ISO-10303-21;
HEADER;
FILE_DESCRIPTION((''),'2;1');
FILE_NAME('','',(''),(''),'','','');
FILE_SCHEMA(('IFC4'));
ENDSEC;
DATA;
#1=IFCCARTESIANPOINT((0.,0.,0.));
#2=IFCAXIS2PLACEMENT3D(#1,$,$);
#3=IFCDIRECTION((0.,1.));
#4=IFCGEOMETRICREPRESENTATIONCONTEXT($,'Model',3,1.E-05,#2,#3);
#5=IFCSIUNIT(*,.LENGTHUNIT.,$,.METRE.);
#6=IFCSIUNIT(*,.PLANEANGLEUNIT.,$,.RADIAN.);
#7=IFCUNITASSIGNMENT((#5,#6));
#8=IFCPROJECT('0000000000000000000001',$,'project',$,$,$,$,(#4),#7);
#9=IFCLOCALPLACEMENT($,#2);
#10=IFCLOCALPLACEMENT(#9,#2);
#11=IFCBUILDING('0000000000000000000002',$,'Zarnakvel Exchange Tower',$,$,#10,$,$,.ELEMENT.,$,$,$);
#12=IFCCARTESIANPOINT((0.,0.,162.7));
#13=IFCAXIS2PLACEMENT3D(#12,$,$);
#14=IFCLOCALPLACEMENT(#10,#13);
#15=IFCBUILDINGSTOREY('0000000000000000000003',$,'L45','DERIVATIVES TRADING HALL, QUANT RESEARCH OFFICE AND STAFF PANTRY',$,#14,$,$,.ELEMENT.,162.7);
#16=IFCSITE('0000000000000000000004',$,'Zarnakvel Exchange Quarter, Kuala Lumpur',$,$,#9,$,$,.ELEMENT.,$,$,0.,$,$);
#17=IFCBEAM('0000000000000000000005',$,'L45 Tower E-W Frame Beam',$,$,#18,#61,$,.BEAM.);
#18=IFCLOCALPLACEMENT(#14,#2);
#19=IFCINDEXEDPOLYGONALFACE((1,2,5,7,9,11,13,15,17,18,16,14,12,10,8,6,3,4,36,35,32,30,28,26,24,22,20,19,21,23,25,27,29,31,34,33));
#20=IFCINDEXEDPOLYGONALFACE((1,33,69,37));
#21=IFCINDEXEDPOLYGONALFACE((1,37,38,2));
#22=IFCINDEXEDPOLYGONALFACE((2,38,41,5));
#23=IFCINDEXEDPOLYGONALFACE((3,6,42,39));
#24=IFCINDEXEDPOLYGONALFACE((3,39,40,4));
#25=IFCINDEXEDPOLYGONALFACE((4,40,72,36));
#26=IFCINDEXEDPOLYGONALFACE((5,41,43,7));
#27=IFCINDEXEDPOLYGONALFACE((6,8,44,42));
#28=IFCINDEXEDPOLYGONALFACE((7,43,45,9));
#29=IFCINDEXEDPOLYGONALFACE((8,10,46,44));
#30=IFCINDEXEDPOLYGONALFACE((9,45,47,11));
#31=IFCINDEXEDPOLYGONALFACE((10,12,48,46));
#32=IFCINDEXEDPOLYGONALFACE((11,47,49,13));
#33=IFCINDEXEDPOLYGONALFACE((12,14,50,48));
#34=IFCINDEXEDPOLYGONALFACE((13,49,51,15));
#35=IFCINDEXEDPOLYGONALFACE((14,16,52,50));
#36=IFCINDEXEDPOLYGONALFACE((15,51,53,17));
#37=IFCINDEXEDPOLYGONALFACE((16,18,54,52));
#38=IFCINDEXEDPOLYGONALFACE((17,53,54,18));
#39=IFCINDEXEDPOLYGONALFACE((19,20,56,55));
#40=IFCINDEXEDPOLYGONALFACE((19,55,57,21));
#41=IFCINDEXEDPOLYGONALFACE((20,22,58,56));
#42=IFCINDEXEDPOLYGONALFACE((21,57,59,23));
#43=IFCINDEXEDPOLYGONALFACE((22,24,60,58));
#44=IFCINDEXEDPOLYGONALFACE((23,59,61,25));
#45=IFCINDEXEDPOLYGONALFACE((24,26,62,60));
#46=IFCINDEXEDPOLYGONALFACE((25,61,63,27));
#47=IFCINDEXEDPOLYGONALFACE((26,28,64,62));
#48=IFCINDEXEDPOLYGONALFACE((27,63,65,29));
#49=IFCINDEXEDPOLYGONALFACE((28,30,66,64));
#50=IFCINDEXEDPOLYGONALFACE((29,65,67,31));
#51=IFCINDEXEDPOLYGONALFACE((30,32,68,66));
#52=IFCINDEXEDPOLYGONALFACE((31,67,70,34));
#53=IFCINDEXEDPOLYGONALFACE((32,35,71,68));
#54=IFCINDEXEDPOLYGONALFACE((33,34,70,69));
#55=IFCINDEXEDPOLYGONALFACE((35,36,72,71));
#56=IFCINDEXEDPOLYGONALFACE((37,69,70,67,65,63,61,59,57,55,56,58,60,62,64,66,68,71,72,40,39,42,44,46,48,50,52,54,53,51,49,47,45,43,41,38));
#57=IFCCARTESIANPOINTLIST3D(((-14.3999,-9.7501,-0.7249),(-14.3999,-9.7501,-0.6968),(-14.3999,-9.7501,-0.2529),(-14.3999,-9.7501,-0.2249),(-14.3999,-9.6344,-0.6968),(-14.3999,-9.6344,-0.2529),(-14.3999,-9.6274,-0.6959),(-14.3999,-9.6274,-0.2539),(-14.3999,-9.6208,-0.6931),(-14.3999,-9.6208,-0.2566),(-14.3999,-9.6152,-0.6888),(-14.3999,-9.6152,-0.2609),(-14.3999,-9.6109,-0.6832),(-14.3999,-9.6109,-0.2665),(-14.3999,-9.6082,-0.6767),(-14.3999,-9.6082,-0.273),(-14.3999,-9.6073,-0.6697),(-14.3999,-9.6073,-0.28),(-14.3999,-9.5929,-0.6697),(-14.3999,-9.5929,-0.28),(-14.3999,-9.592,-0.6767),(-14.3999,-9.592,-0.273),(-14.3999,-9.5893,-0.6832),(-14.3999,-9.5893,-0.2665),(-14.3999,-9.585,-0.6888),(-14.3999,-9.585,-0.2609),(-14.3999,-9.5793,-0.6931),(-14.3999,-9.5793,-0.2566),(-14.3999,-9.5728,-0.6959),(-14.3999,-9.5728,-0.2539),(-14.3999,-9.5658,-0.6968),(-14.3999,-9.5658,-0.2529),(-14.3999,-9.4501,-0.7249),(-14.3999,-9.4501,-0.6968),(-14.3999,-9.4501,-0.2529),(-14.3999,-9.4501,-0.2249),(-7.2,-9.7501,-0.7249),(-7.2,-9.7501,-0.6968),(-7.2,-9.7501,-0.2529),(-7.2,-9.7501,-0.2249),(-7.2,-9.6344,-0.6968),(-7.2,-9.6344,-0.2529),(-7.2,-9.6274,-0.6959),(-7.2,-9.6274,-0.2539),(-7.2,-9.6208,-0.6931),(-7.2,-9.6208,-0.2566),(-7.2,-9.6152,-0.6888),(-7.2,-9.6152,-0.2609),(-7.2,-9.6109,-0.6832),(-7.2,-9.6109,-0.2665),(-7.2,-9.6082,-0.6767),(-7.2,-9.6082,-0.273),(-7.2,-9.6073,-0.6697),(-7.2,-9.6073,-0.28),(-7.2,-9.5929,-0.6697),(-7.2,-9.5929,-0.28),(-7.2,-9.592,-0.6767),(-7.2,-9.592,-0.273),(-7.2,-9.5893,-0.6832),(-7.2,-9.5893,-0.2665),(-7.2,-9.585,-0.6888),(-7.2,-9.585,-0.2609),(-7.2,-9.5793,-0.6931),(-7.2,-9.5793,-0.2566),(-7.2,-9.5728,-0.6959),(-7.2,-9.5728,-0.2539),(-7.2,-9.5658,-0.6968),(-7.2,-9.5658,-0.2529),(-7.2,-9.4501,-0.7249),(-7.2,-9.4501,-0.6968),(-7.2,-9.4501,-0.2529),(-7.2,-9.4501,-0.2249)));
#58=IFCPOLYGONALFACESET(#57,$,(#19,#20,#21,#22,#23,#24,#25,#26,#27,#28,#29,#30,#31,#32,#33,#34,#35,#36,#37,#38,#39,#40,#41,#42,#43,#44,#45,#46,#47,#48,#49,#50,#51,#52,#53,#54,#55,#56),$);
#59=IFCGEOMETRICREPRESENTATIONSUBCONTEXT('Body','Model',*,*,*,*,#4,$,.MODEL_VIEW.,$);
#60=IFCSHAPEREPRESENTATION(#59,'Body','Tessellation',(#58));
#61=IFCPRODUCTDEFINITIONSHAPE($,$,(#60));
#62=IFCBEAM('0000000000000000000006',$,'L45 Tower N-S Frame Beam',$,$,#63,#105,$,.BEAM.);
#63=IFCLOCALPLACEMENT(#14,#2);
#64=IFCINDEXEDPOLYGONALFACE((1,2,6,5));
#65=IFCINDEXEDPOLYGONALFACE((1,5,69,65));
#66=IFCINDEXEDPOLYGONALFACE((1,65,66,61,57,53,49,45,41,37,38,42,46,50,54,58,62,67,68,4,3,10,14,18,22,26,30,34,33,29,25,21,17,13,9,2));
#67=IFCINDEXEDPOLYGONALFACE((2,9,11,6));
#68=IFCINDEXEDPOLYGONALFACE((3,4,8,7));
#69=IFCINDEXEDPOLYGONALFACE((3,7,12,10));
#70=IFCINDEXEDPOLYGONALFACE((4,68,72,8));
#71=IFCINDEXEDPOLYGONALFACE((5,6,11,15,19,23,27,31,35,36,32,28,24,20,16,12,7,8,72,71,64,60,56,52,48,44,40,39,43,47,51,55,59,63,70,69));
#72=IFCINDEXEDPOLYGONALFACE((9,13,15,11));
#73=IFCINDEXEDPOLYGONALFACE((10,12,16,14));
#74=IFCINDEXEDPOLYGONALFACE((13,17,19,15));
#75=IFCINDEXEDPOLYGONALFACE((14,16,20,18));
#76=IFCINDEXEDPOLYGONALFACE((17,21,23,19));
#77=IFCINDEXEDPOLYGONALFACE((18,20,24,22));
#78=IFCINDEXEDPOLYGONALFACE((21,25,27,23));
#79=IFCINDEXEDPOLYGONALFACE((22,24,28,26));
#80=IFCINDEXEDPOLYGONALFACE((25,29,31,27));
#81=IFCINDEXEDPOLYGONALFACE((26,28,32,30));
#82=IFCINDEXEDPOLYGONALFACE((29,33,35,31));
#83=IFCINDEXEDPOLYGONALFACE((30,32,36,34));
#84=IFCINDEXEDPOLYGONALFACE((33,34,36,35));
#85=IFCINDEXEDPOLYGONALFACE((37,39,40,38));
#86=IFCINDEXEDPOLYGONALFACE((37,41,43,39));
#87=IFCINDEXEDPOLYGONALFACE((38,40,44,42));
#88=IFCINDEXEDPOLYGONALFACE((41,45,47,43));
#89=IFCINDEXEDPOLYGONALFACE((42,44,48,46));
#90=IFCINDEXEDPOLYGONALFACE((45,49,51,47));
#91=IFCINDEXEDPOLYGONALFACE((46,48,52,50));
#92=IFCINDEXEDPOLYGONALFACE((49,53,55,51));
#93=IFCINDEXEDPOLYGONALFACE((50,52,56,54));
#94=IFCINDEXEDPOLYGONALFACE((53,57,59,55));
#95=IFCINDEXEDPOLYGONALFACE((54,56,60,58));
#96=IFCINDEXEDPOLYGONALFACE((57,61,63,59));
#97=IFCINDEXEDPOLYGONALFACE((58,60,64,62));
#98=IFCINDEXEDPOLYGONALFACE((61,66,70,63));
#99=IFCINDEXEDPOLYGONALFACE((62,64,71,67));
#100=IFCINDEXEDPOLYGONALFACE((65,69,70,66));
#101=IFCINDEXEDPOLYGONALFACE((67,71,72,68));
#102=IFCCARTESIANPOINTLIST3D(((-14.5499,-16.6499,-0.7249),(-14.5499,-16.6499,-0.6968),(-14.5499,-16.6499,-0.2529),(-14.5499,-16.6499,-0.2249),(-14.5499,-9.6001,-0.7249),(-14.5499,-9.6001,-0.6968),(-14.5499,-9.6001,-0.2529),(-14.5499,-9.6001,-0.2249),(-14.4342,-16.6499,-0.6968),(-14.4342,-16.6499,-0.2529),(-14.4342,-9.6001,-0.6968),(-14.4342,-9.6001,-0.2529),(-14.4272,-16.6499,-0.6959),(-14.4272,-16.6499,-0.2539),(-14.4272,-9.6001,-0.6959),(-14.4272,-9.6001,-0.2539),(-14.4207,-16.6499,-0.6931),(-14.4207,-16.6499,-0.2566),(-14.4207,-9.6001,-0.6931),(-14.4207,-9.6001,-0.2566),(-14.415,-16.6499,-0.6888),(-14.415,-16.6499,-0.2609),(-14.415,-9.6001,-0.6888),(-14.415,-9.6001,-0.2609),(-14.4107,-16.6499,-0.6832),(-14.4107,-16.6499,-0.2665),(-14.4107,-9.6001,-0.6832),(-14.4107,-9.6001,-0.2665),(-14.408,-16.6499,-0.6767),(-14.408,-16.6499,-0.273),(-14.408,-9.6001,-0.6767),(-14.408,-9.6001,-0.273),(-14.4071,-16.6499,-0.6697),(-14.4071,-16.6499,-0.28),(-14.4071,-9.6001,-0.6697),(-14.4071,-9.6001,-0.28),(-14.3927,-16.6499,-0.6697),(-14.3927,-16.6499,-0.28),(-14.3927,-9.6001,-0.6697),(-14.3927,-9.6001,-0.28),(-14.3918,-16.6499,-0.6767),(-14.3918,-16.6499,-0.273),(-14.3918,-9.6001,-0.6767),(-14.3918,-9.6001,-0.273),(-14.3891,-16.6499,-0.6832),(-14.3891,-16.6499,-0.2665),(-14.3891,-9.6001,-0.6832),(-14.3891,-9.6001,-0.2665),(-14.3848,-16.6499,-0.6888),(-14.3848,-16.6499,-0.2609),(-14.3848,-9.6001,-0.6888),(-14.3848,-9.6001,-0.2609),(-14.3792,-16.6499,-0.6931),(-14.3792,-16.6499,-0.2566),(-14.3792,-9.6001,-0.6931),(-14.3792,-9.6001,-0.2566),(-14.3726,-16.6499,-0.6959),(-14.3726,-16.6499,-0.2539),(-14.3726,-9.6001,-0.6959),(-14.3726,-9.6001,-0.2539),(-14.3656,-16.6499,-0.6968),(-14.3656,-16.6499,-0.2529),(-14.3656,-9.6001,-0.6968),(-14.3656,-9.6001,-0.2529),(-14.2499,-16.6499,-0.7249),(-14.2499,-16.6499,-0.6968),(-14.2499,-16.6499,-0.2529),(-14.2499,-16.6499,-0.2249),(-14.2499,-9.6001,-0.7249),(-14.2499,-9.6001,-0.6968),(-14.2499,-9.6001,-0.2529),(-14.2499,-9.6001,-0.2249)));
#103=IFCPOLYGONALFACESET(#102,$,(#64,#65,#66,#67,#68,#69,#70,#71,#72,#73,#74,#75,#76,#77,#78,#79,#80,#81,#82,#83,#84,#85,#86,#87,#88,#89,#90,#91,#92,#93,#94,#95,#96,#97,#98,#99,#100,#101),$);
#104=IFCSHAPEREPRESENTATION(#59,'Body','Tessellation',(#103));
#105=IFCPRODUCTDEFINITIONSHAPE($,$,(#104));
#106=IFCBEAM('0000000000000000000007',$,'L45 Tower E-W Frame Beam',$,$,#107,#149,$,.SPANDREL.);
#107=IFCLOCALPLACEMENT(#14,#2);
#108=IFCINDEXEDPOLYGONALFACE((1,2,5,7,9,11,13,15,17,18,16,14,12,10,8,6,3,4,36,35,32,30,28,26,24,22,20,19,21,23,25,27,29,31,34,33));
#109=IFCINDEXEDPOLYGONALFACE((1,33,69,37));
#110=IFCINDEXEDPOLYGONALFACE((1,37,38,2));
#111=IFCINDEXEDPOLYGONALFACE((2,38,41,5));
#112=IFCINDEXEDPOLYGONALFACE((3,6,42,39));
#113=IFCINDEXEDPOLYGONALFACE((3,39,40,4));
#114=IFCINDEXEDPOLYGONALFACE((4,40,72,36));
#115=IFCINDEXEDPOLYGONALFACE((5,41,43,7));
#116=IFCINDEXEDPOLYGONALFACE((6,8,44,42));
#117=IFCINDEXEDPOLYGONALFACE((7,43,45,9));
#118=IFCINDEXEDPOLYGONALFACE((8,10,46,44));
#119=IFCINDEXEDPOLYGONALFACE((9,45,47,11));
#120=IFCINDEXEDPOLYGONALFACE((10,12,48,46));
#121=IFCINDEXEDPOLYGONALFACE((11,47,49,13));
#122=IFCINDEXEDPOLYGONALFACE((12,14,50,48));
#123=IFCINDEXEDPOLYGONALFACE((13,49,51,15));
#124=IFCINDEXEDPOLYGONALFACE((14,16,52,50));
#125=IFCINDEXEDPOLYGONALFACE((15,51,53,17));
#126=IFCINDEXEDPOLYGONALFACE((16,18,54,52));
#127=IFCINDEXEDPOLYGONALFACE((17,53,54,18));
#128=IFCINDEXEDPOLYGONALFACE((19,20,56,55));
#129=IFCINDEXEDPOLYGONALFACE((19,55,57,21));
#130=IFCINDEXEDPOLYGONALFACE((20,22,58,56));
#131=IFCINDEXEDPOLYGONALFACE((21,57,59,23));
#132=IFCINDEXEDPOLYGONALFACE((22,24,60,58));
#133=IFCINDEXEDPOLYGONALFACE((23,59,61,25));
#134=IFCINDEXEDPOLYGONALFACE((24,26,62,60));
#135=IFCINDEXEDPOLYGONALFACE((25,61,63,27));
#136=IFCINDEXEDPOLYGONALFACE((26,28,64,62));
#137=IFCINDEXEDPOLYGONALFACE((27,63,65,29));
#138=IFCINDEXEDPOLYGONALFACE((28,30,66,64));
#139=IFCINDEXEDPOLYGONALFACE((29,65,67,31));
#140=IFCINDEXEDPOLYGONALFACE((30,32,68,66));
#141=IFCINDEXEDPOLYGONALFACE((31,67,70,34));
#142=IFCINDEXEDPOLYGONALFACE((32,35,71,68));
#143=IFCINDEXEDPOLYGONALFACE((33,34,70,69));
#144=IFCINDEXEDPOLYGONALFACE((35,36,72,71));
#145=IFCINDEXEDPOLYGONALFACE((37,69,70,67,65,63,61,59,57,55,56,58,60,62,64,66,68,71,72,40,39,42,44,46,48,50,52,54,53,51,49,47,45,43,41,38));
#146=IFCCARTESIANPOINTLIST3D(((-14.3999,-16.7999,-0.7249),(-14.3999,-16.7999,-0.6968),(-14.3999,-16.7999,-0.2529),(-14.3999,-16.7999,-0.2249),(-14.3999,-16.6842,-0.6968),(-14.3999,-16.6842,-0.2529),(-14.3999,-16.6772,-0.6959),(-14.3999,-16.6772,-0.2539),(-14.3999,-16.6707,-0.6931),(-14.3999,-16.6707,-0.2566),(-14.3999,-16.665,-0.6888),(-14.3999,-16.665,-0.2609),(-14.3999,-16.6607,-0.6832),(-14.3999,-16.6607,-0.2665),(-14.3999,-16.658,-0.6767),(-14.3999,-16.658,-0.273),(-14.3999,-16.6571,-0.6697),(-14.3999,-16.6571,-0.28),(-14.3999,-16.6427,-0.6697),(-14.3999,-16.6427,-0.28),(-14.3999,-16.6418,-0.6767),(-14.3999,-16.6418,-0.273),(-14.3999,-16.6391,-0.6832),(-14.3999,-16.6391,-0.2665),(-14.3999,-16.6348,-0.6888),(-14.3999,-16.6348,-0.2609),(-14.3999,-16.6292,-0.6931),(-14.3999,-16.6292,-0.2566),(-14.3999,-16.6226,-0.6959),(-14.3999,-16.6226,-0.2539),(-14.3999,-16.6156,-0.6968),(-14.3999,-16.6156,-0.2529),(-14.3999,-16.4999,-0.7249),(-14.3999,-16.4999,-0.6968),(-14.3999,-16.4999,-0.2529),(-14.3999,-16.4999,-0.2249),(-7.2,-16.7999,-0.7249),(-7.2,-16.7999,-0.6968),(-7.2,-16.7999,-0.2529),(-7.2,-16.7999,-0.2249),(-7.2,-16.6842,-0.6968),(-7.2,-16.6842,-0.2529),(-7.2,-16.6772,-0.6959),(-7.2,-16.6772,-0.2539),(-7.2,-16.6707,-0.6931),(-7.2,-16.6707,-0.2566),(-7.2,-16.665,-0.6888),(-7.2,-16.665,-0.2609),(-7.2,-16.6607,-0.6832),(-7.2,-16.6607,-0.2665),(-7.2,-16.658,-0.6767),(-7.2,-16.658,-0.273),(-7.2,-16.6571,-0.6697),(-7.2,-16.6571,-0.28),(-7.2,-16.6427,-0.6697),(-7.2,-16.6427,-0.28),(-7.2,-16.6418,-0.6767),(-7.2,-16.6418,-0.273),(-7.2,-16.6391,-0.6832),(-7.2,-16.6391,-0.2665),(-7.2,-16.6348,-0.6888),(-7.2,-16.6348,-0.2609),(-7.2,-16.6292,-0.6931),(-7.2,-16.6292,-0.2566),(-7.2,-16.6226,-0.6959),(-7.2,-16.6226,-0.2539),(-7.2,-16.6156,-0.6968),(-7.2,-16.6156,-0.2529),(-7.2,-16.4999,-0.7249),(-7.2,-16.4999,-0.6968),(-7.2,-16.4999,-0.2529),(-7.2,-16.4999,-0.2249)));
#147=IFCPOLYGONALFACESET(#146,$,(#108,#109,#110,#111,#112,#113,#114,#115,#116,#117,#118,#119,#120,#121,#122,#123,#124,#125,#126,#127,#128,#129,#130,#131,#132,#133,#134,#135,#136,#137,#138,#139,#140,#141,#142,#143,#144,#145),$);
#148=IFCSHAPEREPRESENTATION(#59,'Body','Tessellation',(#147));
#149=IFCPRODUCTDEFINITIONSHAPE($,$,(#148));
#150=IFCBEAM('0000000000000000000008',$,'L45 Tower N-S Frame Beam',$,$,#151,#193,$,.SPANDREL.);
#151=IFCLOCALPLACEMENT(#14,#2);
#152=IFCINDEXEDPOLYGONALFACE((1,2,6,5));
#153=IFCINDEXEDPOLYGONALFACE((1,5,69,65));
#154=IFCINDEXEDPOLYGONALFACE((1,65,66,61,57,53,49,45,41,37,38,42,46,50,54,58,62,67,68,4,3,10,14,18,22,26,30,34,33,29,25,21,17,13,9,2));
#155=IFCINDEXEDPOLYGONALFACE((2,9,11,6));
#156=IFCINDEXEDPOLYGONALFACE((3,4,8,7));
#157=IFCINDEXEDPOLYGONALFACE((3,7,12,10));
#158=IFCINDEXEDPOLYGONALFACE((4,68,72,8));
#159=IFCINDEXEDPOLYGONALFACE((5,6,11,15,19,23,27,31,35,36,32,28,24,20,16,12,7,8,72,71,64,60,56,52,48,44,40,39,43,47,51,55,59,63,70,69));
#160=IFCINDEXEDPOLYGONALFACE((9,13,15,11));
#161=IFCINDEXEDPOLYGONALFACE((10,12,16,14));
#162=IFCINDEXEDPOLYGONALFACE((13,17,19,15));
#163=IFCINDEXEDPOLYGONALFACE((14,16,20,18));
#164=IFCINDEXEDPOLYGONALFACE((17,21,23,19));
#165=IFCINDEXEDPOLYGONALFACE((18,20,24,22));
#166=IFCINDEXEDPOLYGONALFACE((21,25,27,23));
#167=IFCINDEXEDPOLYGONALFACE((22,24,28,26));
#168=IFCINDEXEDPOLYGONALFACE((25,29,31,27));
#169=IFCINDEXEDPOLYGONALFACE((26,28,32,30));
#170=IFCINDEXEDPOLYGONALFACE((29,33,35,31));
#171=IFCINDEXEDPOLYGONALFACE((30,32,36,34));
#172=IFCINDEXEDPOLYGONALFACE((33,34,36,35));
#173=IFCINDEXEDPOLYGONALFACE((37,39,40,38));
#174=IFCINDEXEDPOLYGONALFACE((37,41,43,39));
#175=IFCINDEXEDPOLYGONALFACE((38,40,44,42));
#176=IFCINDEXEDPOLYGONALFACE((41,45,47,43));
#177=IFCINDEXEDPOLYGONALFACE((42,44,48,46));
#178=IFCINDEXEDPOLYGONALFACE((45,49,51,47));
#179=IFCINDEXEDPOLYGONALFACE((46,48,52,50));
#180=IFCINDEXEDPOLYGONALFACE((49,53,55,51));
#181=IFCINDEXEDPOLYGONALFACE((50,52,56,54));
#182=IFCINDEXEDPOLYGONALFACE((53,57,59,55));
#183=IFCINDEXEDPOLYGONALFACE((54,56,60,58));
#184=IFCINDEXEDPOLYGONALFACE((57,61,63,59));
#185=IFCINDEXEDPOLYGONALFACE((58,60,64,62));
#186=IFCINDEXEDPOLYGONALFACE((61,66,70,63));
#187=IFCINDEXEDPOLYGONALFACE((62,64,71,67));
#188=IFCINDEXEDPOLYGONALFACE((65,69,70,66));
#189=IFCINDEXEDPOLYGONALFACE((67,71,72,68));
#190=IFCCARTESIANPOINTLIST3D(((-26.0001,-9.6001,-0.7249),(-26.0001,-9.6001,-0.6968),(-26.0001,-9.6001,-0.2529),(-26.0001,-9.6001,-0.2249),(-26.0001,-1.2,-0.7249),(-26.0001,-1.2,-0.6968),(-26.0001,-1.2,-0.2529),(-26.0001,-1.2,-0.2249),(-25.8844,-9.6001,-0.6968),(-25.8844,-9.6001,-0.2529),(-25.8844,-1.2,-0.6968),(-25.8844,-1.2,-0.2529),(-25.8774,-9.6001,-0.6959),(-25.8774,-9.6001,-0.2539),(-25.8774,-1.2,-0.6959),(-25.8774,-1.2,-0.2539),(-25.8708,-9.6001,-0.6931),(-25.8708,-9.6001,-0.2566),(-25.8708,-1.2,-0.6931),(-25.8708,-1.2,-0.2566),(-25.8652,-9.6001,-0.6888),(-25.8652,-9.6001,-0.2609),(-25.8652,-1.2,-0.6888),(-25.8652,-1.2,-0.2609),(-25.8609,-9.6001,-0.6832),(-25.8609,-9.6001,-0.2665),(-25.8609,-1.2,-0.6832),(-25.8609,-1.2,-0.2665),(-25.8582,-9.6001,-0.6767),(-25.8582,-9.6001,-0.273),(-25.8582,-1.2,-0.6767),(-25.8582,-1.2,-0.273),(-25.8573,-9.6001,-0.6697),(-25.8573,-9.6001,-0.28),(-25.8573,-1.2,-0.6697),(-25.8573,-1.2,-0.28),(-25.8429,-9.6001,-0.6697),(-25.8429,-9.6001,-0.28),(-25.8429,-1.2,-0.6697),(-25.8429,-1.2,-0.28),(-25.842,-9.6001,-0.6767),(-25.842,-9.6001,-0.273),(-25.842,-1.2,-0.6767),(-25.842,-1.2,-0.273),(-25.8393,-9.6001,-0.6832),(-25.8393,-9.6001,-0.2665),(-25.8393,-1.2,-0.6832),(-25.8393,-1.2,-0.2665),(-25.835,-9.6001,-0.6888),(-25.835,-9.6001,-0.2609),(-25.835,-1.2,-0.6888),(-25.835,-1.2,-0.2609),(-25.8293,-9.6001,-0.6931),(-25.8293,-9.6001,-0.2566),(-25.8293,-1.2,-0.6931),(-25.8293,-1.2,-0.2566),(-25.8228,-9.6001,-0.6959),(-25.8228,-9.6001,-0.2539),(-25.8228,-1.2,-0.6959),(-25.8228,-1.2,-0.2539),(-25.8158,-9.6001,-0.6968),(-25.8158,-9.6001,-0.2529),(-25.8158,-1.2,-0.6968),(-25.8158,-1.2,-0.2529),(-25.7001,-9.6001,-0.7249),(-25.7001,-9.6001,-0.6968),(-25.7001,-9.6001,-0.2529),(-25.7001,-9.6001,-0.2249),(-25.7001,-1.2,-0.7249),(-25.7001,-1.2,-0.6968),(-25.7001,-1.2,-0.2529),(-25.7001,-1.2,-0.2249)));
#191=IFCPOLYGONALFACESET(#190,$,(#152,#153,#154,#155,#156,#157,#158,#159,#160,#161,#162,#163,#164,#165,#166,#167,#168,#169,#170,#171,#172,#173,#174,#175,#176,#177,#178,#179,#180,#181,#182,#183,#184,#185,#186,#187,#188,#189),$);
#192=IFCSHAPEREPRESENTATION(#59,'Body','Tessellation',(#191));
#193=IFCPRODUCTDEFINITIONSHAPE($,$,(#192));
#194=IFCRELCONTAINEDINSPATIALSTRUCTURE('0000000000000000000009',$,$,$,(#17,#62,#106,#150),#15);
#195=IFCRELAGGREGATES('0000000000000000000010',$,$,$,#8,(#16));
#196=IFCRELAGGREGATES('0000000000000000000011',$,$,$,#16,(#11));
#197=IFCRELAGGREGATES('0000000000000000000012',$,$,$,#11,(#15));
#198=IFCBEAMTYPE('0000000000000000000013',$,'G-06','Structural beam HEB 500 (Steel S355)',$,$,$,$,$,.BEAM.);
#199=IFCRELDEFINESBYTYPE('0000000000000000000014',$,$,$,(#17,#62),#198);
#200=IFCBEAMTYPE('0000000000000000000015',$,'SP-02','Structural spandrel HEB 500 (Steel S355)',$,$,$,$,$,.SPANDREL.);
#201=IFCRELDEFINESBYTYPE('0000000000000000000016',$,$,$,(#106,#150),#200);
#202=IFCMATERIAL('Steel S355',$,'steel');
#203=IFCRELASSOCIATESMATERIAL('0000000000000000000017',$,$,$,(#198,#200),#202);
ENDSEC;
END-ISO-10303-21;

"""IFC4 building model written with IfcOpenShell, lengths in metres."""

from ifc_helpers import new_model, si_unit, direction, frame, origin, origin_2d, place, context, subcontext, project, spatial, i_section, extrude, material, material_profile, profile_set, type_object, element, save


model = new_model("IFC4")

# Units and contexts
model_context = context("Model", 3, precision=1e-05, world=origin(), true_north=direction((0.0, 1.0)))
body_context = subcontext(model_context, "Body", "Model", "MODEL_VIEW")
ifc_project = project(units=[si_unit("LENGTHUNIT", "METRE"), si_unit("PLANEANGLEUNIT", "RADIAN")], contexts=[model_context])

# Site, building, storey
site_placement = place(None, origin())
site = spatial("IfcSite", under=ifc_project, at=site_placement, Name="Zarnakvel Exchange Quarter, Kuala Lumpur", CompositionType="ELEMENT", RefElevation=0.0)
building_placement = place(site_placement, origin())
building = spatial("IfcBuilding", under=site, at=building_placement, Name="Zarnakvel Exchange Tower", CompositionType="ELEMENT")
storey_placement = place(building_placement, frame((0.0, 0.0, 162.7)))
storey = spatial("IfcBuildingStorey", under=building, at=storey_placement, Name="L45", Description="DERIVATIVES TRADING HALL, QUANT RESEARCH OFFICE AND STAFF PANTRY", CompositionType="ELEMENT", Elevation=162.7)

# Shared definitions
ifc_material_1 = material(Name="Steel S355", Category="steel")

# Beams
ifc_material_profile_1 = material_profile(ifc_material_1, i_section(OverallWidth=0.3, OverallDepth=0.5, WebThickness=0.0144, FlangeThickness=0.0281, FilletRadius=0.0271, at=origin_2d()))
ifc_profile_set_1 = profile_set([ifc_material_profile_1], Name="Steel S355")
beam_type_1 = type_object("IfcBeamType", Name="G-06", Description="Structural beam HEB 500 (Steel S355)", PredefinedType="BEAM", material=ifc_profile_set_1)
beam_1_placement = place(storey_placement, frame((-14.3999, -9.6001, -0.4749), z_axis=(1.0, 0.0, 0.0), x_axis=(0.0, 1.0, 0.0)))
element("IfcBeam", 1, at=beam_1_placement, inside=storey, type_object=beam_type_1, Name="L45 Tower E-W Frame Beam", PredefinedType="BEAM", context=body_context, shape_type="SweptSolid", body=[
    extrude(i_section(OverallWidth=0.3, OverallDepth=0.5, WebThickness=0.0144, FlangeThickness=0.0281, FilletRadius=0.0271, at=origin_2d()), origin(), (0.0, 0.0, 1.0), 7.2),
])
beam_2_placement = place(storey_placement, frame((-14.3999, -16.6499, -0.4749), z_axis=(0.0, 1.0, 0.0), x_axis=(-1.0, 0.0, 0.0)))
element("IfcBeam", 2, at=beam_2_placement, inside=storey, type_object=beam_type_1, Name="L45 Tower N-S Frame Beam", PredefinedType="BEAM", context=body_context, shape_type="SweptSolid", body=[
    extrude(i_section(OverallWidth=0.3, OverallDepth=0.5, WebThickness=0.0144, FlangeThickness=0.0281, FilletRadius=0.0271, at=origin_2d()), origin(), (0.0, 0.0, 1.0), 7.0498),
])
ifc_material_profile_2 = material_profile(ifc_material_1, i_section(OverallWidth=0.3, OverallDepth=0.5, WebThickness=0.0144, FlangeThickness=0.0281, FilletRadius=0.0271, at=origin_2d()))
ifc_profile_set_2 = profile_set([ifc_material_profile_2], Name="Steel S355")
beam_type_2 = type_object("IfcBeamType", Name="SP-02", Description="Structural spandrel HEB 500 (Steel S355)", PredefinedType="SPANDREL", material=ifc_profile_set_2)
beam_3_placement = place(storey_placement, frame((-14.3999, -16.6499, -0.4749), z_axis=(1.0, 0.0, 0.0), x_axis=(0.0, 1.0, 0.0)))
element("IfcBeam", 3, at=beam_3_placement, inside=storey, type_object=beam_type_2, Name="L45 Tower E-W Frame Beam", PredefinedType="SPANDREL", context=body_context, shape_type="SweptSolid", body=[
    extrude(i_section(OverallWidth=0.3, OverallDepth=0.5, WebThickness=0.0144, FlangeThickness=0.0281, FilletRadius=0.0271, at=origin_2d()), origin(), (0.0, 0.0, 1.0), 7.2),
])
beam_4_placement = place(storey_placement, frame((-25.8501, -9.6001, -0.4749), z_axis=(0.0, 1.0, 0.0), x_axis=(-1.0, 0.0, 0.0)))
element("IfcBeam", 4, at=beam_4_placement, inside=storey, type_object=beam_type_2, Name="L45 Tower N-S Frame Beam", PredefinedType="SPANDREL", context=body_context, shape_type="SweptSolid", body=[
    extrude(i_section(OverallWidth=0.3, OverallDepth=0.5, WebThickness=0.0144, FlangeThickness=0.0281, FilletRadius=0.0271, at=origin_2d()), origin(), (0.0, 0.0, 1.0), 8.4001),
])

save(model, "model.ifc")
